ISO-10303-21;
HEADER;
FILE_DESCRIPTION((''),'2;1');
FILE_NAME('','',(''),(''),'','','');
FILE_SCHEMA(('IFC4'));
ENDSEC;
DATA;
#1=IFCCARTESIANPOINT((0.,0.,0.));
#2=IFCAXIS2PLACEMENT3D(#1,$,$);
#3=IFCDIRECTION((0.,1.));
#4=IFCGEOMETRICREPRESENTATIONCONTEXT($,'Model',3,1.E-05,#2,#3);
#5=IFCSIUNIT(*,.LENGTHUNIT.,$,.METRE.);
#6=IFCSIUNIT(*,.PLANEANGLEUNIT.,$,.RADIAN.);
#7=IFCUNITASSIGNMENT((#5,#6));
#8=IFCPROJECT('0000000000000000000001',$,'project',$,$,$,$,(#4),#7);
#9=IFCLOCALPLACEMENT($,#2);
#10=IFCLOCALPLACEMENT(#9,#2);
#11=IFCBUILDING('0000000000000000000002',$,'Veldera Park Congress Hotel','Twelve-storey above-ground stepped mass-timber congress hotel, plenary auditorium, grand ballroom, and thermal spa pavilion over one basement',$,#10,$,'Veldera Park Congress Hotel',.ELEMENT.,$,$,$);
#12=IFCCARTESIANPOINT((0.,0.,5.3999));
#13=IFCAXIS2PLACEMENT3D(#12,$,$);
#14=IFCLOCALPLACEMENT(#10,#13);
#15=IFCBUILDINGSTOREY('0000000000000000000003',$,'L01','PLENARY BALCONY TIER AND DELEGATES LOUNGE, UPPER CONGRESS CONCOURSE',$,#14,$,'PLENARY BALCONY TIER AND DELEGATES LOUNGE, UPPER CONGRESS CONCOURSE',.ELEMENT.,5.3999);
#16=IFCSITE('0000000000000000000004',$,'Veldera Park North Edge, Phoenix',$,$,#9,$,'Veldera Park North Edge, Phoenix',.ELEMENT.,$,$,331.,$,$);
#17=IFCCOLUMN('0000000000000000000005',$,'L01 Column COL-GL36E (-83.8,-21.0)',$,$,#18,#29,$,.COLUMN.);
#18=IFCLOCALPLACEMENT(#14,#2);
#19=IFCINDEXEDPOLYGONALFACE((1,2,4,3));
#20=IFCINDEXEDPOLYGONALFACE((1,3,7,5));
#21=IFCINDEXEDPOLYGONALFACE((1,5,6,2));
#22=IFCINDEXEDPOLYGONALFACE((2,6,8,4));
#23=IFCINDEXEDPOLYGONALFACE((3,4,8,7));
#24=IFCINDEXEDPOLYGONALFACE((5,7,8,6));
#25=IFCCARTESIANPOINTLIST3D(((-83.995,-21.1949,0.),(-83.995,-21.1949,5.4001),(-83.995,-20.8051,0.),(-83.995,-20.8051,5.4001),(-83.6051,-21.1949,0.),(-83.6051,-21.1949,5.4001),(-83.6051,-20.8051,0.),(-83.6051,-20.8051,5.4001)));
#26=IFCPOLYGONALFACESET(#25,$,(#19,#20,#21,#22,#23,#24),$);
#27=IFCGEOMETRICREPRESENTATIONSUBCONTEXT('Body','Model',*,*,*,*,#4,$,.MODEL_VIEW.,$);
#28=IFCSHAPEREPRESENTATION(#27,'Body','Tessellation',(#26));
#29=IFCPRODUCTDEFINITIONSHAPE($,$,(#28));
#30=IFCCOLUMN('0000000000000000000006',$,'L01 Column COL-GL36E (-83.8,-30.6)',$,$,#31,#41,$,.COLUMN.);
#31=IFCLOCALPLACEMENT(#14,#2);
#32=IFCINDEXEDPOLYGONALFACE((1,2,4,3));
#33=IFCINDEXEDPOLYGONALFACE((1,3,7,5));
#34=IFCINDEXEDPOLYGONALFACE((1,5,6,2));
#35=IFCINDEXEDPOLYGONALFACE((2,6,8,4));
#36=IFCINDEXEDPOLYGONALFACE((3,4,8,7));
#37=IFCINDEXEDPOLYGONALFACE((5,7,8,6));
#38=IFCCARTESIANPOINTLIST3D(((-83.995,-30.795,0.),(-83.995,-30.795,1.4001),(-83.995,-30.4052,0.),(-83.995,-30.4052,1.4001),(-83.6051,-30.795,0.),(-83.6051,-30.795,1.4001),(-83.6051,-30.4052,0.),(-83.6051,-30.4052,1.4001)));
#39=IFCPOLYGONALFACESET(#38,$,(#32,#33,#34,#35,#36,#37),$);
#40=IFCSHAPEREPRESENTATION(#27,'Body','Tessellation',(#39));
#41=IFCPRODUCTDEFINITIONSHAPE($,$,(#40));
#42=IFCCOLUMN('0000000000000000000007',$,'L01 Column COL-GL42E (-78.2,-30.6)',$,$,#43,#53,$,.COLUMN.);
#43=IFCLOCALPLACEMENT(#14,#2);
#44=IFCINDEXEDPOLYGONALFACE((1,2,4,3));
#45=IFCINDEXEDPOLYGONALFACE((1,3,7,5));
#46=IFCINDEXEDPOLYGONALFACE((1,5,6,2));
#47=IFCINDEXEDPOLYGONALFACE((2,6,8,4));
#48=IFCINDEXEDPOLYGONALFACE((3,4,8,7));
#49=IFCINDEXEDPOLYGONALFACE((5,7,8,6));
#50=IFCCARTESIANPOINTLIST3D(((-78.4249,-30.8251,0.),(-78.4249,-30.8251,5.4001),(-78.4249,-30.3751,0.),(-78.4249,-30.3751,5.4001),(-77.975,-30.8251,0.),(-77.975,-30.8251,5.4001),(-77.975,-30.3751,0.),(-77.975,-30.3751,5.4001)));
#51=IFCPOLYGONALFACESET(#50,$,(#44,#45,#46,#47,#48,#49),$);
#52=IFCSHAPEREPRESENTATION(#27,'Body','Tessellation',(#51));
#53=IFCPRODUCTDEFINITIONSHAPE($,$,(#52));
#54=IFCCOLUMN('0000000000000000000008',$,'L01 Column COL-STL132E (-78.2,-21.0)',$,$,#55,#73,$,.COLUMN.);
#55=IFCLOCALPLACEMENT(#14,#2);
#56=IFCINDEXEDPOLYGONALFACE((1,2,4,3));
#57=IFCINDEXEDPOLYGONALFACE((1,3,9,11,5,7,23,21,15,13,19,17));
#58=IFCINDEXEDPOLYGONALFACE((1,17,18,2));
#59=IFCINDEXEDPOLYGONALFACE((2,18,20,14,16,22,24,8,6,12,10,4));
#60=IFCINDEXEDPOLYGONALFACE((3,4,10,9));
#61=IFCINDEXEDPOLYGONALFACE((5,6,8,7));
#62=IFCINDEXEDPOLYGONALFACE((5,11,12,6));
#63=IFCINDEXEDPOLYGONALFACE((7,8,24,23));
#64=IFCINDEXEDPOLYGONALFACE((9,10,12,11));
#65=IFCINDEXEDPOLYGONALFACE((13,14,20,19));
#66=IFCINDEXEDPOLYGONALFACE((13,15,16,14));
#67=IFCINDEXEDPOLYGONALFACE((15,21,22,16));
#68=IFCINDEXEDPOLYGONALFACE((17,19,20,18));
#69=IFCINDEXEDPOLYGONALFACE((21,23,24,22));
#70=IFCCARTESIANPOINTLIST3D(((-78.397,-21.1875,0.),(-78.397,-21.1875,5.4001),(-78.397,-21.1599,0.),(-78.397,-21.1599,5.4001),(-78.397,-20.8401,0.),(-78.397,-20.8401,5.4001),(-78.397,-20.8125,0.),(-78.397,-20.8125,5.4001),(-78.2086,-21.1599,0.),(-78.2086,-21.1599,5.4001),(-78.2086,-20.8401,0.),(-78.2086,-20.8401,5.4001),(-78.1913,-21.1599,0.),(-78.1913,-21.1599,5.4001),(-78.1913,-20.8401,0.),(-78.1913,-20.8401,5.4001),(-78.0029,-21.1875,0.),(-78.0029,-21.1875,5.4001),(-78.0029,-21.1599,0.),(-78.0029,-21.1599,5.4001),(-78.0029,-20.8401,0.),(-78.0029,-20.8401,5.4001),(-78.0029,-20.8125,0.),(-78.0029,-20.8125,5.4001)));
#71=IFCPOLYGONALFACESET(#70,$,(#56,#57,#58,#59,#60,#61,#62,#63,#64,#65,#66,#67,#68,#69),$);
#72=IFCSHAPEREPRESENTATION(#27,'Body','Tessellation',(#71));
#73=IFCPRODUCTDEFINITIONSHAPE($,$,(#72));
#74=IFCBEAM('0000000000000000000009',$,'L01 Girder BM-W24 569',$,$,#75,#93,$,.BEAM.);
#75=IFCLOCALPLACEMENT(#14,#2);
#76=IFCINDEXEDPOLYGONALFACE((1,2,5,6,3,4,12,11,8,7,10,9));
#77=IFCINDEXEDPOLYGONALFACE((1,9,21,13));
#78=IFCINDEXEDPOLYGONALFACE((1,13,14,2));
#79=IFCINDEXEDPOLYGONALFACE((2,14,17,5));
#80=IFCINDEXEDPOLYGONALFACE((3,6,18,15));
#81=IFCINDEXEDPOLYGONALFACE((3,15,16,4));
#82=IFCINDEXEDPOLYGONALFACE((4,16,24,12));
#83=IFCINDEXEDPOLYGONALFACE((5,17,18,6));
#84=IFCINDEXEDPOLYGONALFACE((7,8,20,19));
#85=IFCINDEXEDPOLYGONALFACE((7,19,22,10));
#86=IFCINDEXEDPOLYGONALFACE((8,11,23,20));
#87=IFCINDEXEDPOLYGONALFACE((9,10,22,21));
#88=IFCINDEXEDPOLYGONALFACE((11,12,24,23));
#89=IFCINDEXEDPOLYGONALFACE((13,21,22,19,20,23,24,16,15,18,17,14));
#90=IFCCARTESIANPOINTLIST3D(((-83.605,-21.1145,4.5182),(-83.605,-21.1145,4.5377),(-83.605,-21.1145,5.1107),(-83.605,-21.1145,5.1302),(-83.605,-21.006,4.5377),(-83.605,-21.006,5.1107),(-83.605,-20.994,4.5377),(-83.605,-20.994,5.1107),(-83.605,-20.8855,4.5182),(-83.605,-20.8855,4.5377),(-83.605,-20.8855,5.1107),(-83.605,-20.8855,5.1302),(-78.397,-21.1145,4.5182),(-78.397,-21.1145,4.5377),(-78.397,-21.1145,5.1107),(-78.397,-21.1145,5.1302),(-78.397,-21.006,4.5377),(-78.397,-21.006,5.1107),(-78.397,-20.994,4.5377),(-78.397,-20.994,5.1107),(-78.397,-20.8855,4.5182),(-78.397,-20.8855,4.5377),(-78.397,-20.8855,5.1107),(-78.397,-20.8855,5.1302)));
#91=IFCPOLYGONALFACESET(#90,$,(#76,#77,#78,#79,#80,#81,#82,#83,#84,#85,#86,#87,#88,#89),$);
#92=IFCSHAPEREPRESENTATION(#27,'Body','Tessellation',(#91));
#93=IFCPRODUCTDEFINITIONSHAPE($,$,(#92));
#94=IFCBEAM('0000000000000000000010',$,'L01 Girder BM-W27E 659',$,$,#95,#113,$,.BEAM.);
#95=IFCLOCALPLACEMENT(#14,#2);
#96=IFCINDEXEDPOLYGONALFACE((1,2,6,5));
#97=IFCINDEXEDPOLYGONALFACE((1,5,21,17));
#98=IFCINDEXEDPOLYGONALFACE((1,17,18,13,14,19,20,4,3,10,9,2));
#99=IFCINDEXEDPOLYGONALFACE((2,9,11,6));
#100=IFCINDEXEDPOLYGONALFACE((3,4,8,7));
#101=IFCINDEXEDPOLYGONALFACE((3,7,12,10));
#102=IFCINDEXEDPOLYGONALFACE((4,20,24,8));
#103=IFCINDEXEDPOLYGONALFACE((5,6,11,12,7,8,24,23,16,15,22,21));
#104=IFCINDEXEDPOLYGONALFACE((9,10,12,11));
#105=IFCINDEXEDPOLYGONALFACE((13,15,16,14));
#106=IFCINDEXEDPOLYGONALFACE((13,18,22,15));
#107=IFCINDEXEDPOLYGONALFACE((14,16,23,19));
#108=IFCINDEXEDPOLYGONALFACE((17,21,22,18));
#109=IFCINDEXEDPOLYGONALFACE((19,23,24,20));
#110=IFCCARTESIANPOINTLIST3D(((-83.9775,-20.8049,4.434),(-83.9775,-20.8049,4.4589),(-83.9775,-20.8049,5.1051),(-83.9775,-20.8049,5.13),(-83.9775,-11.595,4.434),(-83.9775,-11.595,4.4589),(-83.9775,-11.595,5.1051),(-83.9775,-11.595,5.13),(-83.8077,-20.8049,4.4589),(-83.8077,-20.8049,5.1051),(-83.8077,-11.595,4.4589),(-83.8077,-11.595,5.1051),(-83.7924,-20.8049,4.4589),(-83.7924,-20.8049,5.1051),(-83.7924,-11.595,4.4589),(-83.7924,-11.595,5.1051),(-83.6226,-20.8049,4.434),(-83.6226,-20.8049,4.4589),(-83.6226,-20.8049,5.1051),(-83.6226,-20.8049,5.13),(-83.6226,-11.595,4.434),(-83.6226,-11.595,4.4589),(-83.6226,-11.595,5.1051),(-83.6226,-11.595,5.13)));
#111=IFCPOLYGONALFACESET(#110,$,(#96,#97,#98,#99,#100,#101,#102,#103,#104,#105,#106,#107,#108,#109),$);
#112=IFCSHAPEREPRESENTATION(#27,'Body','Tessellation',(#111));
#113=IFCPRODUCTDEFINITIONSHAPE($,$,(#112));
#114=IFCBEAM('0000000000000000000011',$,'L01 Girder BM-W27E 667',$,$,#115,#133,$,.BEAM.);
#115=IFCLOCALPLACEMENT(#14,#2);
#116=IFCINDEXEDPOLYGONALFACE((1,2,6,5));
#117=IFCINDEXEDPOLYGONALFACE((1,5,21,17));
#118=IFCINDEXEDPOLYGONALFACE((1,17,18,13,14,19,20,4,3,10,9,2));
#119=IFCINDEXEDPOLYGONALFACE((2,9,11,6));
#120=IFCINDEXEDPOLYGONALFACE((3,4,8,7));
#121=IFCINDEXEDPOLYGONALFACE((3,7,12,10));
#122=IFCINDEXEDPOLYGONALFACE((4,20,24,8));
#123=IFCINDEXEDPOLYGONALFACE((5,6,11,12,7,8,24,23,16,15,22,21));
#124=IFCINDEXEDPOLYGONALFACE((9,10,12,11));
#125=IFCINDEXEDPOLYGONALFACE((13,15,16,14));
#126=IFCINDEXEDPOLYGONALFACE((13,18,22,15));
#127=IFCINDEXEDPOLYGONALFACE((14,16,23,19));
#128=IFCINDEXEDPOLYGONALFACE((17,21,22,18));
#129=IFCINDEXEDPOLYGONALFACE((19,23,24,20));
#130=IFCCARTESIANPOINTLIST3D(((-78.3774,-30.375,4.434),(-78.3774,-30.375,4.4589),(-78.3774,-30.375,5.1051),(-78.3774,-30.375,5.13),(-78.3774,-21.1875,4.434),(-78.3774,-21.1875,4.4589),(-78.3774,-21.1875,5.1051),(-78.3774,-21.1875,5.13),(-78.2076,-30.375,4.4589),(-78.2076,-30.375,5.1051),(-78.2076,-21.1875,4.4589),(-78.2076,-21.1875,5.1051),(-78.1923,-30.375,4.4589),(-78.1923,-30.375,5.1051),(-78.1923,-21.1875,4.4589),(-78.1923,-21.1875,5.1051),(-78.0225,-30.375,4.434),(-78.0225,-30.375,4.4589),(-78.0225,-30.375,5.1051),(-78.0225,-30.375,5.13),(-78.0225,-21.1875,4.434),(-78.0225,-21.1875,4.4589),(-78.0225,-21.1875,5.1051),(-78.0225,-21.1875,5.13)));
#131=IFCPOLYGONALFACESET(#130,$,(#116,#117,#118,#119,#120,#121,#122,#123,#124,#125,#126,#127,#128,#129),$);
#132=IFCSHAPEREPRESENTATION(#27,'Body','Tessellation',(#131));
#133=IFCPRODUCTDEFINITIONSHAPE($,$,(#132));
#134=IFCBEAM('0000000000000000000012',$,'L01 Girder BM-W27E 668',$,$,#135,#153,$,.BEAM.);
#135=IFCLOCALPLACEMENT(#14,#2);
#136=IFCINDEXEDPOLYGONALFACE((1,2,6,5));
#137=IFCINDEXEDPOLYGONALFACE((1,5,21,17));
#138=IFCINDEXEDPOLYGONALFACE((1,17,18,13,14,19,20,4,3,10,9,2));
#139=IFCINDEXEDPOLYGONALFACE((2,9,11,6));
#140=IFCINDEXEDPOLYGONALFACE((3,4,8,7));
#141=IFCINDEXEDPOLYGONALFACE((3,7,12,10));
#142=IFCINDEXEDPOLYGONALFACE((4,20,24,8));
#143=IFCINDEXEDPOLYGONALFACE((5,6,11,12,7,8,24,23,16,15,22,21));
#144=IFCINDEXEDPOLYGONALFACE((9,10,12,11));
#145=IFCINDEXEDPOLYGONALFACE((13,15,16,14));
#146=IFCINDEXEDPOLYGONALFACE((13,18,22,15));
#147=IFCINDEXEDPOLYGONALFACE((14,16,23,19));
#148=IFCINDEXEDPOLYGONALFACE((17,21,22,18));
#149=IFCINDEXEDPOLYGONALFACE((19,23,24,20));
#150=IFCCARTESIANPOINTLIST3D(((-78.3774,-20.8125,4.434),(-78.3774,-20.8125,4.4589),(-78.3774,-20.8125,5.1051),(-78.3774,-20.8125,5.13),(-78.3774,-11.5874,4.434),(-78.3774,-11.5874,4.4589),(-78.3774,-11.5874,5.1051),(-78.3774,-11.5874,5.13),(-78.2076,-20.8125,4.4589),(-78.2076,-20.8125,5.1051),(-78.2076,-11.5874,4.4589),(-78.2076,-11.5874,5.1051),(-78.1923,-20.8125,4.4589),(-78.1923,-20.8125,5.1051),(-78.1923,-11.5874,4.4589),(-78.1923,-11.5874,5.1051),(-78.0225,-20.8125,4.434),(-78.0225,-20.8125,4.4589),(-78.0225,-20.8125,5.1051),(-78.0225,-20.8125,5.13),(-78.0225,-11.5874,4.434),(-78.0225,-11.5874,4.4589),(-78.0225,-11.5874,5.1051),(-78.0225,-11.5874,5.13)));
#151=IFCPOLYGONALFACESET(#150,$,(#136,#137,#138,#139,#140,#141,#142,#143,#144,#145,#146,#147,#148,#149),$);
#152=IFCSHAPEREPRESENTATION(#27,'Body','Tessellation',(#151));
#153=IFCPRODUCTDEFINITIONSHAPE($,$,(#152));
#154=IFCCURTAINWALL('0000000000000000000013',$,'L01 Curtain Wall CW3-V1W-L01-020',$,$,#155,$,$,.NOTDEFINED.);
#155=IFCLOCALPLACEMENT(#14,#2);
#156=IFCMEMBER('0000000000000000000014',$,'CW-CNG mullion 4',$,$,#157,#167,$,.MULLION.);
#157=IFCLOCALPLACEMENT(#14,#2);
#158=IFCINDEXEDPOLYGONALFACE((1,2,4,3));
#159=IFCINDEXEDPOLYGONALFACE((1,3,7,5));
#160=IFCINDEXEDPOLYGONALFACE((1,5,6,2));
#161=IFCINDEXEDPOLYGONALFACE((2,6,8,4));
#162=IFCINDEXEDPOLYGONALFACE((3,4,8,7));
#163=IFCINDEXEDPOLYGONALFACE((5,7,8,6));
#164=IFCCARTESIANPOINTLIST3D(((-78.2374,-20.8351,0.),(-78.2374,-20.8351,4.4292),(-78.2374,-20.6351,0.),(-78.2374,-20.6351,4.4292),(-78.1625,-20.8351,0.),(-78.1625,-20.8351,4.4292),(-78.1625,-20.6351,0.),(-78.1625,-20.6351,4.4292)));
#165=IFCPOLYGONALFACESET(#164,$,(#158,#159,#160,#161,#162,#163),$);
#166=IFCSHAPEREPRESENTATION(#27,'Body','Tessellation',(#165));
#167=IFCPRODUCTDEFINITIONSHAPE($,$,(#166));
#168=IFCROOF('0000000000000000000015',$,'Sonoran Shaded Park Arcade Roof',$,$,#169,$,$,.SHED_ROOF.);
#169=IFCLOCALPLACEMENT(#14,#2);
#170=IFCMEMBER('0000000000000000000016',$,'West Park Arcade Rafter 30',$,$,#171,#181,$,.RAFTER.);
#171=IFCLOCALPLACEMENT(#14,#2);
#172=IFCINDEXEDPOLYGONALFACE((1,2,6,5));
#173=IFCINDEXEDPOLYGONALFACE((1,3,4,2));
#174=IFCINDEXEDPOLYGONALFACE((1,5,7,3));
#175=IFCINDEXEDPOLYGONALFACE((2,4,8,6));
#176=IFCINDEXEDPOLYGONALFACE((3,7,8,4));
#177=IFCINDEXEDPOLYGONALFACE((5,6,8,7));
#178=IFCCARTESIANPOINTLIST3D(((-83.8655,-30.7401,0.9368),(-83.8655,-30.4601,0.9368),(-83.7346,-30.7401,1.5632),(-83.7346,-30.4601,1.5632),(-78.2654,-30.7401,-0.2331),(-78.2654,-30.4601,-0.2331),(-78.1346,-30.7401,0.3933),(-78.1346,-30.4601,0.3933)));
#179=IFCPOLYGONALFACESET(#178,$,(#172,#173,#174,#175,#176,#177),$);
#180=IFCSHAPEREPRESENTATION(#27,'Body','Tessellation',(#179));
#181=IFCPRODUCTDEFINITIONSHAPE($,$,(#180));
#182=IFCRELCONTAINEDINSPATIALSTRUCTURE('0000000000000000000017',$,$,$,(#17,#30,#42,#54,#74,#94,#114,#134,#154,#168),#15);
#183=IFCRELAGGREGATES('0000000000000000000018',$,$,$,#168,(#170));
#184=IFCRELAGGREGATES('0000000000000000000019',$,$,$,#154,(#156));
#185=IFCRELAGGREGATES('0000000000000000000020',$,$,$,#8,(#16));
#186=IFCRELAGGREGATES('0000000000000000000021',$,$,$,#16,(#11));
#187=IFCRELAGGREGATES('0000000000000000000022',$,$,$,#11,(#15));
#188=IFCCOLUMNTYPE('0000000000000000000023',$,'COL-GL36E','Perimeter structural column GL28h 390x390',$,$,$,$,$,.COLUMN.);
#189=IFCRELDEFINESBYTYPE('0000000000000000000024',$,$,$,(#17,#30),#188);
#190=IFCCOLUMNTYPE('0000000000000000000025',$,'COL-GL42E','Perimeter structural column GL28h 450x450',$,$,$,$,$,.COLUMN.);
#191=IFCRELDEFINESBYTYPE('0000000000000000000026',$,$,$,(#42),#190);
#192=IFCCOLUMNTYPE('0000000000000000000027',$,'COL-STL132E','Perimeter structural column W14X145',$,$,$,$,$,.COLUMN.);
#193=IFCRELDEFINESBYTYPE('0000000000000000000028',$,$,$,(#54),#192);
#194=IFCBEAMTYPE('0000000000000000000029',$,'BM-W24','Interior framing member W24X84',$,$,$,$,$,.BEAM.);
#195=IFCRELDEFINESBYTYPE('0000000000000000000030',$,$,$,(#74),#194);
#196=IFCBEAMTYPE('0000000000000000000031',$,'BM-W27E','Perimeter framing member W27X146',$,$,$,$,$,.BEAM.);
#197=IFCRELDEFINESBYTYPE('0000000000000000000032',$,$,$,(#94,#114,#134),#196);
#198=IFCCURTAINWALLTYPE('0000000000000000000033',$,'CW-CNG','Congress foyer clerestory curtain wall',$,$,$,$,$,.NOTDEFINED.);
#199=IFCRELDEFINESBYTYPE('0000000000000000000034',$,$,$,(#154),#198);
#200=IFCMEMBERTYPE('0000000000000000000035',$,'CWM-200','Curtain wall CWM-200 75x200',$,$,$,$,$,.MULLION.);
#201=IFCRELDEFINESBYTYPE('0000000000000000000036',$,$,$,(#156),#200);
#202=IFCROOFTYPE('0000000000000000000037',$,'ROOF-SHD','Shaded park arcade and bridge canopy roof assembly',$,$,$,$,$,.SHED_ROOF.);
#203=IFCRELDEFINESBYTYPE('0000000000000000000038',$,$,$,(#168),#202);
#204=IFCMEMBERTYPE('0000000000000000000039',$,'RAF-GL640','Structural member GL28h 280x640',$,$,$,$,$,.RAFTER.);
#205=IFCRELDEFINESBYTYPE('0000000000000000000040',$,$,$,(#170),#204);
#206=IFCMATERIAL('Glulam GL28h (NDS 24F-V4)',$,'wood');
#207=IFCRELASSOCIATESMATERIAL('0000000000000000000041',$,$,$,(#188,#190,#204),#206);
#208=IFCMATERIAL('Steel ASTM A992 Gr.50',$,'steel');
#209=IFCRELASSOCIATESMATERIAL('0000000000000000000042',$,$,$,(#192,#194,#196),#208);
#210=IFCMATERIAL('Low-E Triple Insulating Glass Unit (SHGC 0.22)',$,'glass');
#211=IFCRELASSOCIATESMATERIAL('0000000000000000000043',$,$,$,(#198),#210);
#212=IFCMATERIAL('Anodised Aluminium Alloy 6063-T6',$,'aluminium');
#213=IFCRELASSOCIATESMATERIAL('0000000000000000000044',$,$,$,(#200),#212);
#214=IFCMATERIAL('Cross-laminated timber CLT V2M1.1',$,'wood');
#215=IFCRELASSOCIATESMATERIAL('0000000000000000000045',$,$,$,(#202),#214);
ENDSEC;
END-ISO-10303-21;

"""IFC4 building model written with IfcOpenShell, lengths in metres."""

from ifc_helpers import new_model, si_unit, direction, frame, origin, origin_2d, place, context, subcontext, project, spatial, rectangle, i_section, extrude, material, material_profile, profile_set, type_object, element, aggregate, save


model = new_model("IFC4")

# Units and contexts
model_context = context("Model", 3, precision=1e-05, world=origin(), true_north=direction((0.0, 1.0)))
body_context = subcontext(model_context, "Body", "Model", "MODEL_VIEW")
ifc_project = project(units=[si_unit("LENGTHUNIT", "METRE"), si_unit("PLANEANGLEUNIT", "RADIAN")], contexts=[model_context])

# Site, building, storey
site_placement = place(None, origin())
site = spatial("IfcSite", under=ifc_project, at=site_placement, Name="Veldera Park North Edge, Phoenix", LongName="Veldera Park North Edge, Phoenix", CompositionType="ELEMENT", RefElevation=331.0)
building_placement = place(site_placement, origin())
building = spatial("IfcBuilding", under=site, at=building_placement, Name="Veldera Park Congress Hotel", Description="Twelve-storey above-ground stepped mass-timber congress hotel, plenary auditorium, grand ballroom, and thermal spa pavilion over one basement", LongName="Veldera Park Congress Hotel", CompositionType="ELEMENT")
storey_placement = place(building_placement, frame((0.0, 0.0, 5.3999)))
storey = spatial("IfcBuildingStorey", under=building, at=storey_placement, Name="L01", Description="PLENARY BALCONY TIER AND DELEGATES LOUNGE, UPPER CONGRESS CONCOURSE", LongName="PLENARY BALCONY TIER AND DELEGATES LOUNGE, UPPER CONGRESS CONCOURSE", CompositionType="ELEMENT", Elevation=5.3999)

# Columns
ifc_material_1 = material(Name="Glulam GL28h (NDS 24F-V4)", Category="wood")
ifc_material_profile_1 = material_profile(ifc_material_1, rectangle(XDim=0.3899, YDim=0.3899, at=origin_2d()), Name="GL28h 390x390")
ifc_profile_set_1 = profile_set([ifc_material_profile_1], Name="Glulam GL28h (NDS 24F-V4)")
column_type_1 = type_object("IfcColumnType", Name="COL-GL36E", Description="Perimeter structural column GL28h 390x390", PredefinedType="COLUMN", material=ifc_profile_set_1)
column_1_placement = place(storey_placement, frame((-83.8, -21.0, 0.0), z_axis=(0.0, 0.0, 1.0), x_axis=(1.0, 0.0, 0.0)))
element("IfcColumn", 1, at=column_1_placement, inside=storey, type_object=column_type_1, Name="L01 Column COL-GL36E (-83.8,-21.0)", PredefinedType="COLUMN", context=body_context, shape_type="SweptSolid", body=[
    extrude(rectangle(XDim=0.3899, YDim=0.3899, at=origin_2d()), origin(), (0.0, 0.0, 1.0), 5.4001),
])
column_2_placement = place(storey_placement, frame((-83.8, -30.6001, 0.0), z_axis=(0.0, 0.0, 1.0), x_axis=(1.0, 0.0, 0.0)))
element("IfcColumn", 2, at=column_2_placement, inside=storey, type_object=column_type_1, Name="L01 Column COL-GL36E (-83.8,-30.6)", PredefinedType="COLUMN", context=body_context, shape_type="SweptSolid", body=[
    extrude(rectangle(XDim=0.3899, YDim=0.3899, at=origin_2d()), origin(), (0.0, 0.0, 1.0), 1.4001),
])
ifc_material_profile_2 = material_profile(ifc_material_1, rectangle(XDim=0.45, YDim=0.45, at=origin_2d()), Name="GL28h 450x450")
ifc_profile_set_2 = profile_set([ifc_material_profile_2], Name="Glulam GL28h (NDS 24F-V4)")
column_type_2 = type_object("IfcColumnType", Name="COL-GL42E", Description="Perimeter structural column GL28h 450x450", PredefinedType="COLUMN", material=ifc_profile_set_2)
column_3_placement = place(storey_placement, frame((-78.2, -30.6001, 0.0), z_axis=(0.0, 0.0, 1.0), x_axis=(1.0, 0.0, 0.0)))
element("IfcColumn", 3, at=column_3_placement, inside=storey, type_object=column_type_2, Name="L01 Column COL-GL42E (-78.2,-30.6)", PredefinedType="COLUMN", context=body_context, shape_type="SweptSolid", body=[
    extrude(rectangle(XDim=0.45, YDim=0.45, at=origin_2d()), origin(), (0.0, 0.0, 1.0), 5.4001),
])
ifc_material_2 = material(Name="Steel ASTM A992 Gr.50", Category="steel")
ifc_material_profile_3 = material_profile(ifc_material_2, i_section(OverallWidth=0.394, OverallDepth=0.375, WebThickness=0.0173, FlangeThickness=0.0276, at=origin_2d()), Name="W14X145")
ifc_profile_set_3 = profile_set([ifc_material_profile_3], Name="Steel ASTM A992 Gr.50")
column_type_3 = type_object("IfcColumnType", Name="COL-STL132E", Description="Perimeter structural column W14X145", PredefinedType="COLUMN", material=ifc_profile_set_3)
column_4_placement = place(storey_placement, frame((-78.2, -21.0, 0.0), z_axis=(0.0, 0.0, 1.0), x_axis=(1.0, 0.0, 0.0)))
element("IfcColumn", 4, at=column_4_placement, inside=storey, type_object=column_type_3, Name="L01 Column COL-STL132E (-78.2,-21.0)", PredefinedType="COLUMN", context=body_context, shape_type="SweptSolid", body=[
    extrude(i_section(OverallWidth=0.394, OverallDepth=0.375, WebThickness=0.0173, FlangeThickness=0.0276, at=origin_2d()), origin(), (0.0, 0.0, 1.0), 5.4001),
])

# Beams
ifc_material_profile_4 = material_profile(ifc_material_2, i_section(OverallWidth=0.229, OverallDepth=0.6121, WebThickness=0.012, FlangeThickness=0.0195, at=origin_2d()), Name="W24X84")
ifc_profile_set_4 = profile_set([ifc_material_profile_4], Name="Steel ASTM A992 Gr.50")
beam_type_1 = type_object("IfcBeamType", Name="BM-W24", Description="Interior framing member W24X84", PredefinedType="BEAM", material=ifc_profile_set_4)
beam_1_placement = place(storey_placement, frame((-83.605, -21.0, 4.8242), z_axis=(1.0, 0.0, 0.0), x_axis=(0.0, 1.0, 0.0)))
element("IfcBeam", 5, at=beam_1_placement, inside=storey, type_object=beam_type_1, Name="L01 Girder BM-W24 569", PredefinedType="BEAM", context=body_context, shape_type="SweptSolid", body=[
    extrude(i_section(OverallWidth=0.229, OverallDepth=0.6121, WebThickness=0.012, FlangeThickness=0.0195, at=origin_2d()), origin(), (0.0, 0.0, 1.0), 5.208),
])
ifc_material_profile_5 = material_profile(ifc_material_2, i_section(OverallWidth=0.355, OverallDepth=0.696, WebThickness=0.0154, FlangeThickness=0.0249, at=origin_2d()), Name="W27X146")
ifc_profile_set_5 = profile_set([ifc_material_profile_5], Name="Steel ASTM A992 Gr.50")
beam_type_2 = type_object("IfcBeamType", Name="BM-W27E", Description="Perimeter framing member W27X146", PredefinedType="BEAM", material=ifc_profile_set_5)
beam_2_placement = place(storey_placement, frame((-83.8, -20.8049, 4.782), z_axis=(0.0, 1.0, 0.0), x_axis=(-1.0, 0.0, 0.0)))
element("IfcBeam", 6, at=beam_2_placement, inside=storey, type_object=beam_type_2, Name="L01 Girder BM-W27E 659", PredefinedType="BEAM", context=body_context, shape_type="SweptSolid", body=[
    extrude(i_section(OverallWidth=0.355, OverallDepth=0.696, WebThickness=0.0154, FlangeThickness=0.0249, at=origin_2d()), origin(), (0.0, 0.0, 1.0), 9.21),
])
beam_3_placement = place(storey_placement, frame((-78.2, -30.375, 4.782), z_axis=(0.0, 1.0, 0.0), x_axis=(-1.0, 0.0, 0.0)))
element("IfcBeam", 7, at=beam_3_placement, inside=storey, type_object=beam_type_2, Name="L01 Girder BM-W27E 667", PredefinedType="BEAM", context=body_context, shape_type="SweptSolid", body=[
    extrude(i_section(OverallWidth=0.355, OverallDepth=0.696, WebThickness=0.0154, FlangeThickness=0.0249, at=origin_2d()), origin(), (0.0, 0.0, 1.0), 9.1875),
])
beam_4_placement = place(storey_placement, frame((-78.2, -20.8125, 4.782), z_axis=(0.0, 1.0, 0.0), x_axis=(-1.0, 0.0, 0.0)))
element("IfcBeam", 8, at=beam_4_placement, inside=storey, type_object=beam_type_2, Name="L01 Girder BM-W27E 668", PredefinedType="BEAM", context=body_context, shape_type="SweptSolid", body=[
    extrude(i_section(OverallWidth=0.355, OverallDepth=0.696, WebThickness=0.0154, FlangeThickness=0.0249, at=origin_2d()), origin(), (0.0, 0.0, 1.0), 9.2251),
])

# Curtain wall, member
ifc_material_3 = material(Name="Low-E Triple Insulating Glass Unit (SHGC 0.22)", Category="glass")
curtain_wall_type = type_object("IfcCurtainWallType", Name="CW-CNG", Description="Congress foyer clerestory curtain wall", PredefinedType="NOTDEFINED", material=ifc_material_3)
curtain_wall_placement = place(storey_placement, origin())
curtain_wall = element("IfcCurtainWall", 9, at=curtain_wall_placement, inside=storey, type_object=curtain_wall_type, Name="L01 Curtain Wall CW3-V1W-L01-020", PredefinedType="NOTDEFINED")
ifc_material_4 = material(Name="Anodised Aluminium Alloy 6063-T6", Category="aluminium")
ifc_material_profile_6 = material_profile(ifc_material_4, rectangle(XDim=0.075, YDim=0.2, at=origin_2d()), Name="ALU 75x200")
ifc_profile_set_6 = profile_set([ifc_material_profile_6], Name="Anodised Aluminium Alloy 6063-T6")
member_type_1 = type_object("IfcMemberType", Name="CWM-200", Description="Curtain wall CWM-200 75x200", PredefinedType="MULLION", material=ifc_profile_set_6)
member_1_placement = place(storey_placement, frame((-78.2, -20.7351, 0.0), z_axis=(0.0, 0.0, 1.0), x_axis=(1.0, 0.0, 0.0)))
member_1 = element("IfcMember", 10, at=member_1_placement, type_object=member_type_1, Name="CW-CNG mullion 4", PredefinedType="MULLION", context=body_context, shape_type="SweptSolid", body=[
    extrude(rectangle(XDim=0.075, YDim=0.2, at=origin_2d()), origin(), (0.0, 0.0, 1.0), 4.4292),
])

# Roof, member
ifc_material_5 = material(Name="Cross-laminated timber CLT V2M1.1", Category="wood")
roof_type = type_object("IfcRoofType", Name="ROOF-SHD", Description="Shaded park arcade and bridge canopy roof assembly", PredefinedType="SHED_ROOF", material=ifc_material_5)
roof_placement = place(storey_placement, origin())
roof = element("IfcRoof", 11, at=roof_placement, inside=storey, type_object=roof_type, Name="Sonoran Shaded Park Arcade Roof", PredefinedType="SHED_ROOF")
ifc_material_profile_7 = material_profile(ifc_material_1, rectangle(XDim=0.28, YDim=0.6399, at=origin_2d()), Name="GL28h 280x640")
ifc_profile_set_7 = profile_set([ifc_material_profile_7], Name="Glulam GL28h (NDS 24F-V4)")
member_type_2 = type_object("IfcMemberType", Name="RAF-GL640", Description="Structural member GL28h 280x640", PredefinedType="RAFTER", material=ifc_profile_set_7)
member_2_placement = place(storey_placement, frame((-83.8, -30.6001, 1.25), z_axis=(0.978867, 0.0, -0.204496), x_axis=(0.0, 1.0, 0.0)))
member_2 = element("IfcMember", 12, at=member_2_placement, type_object=member_type_2, Name="West Park Arcade Rafter 30", PredefinedType="RAFTER", context=body_context, shape_type="SweptSolid", body=[
    extrude(rectangle(XDim=0.28, YDim=0.6399, at=origin_2d()), origin(), (0.0, 0.0, 1.0), 5.7209),
])
aggregate(roof, [member_2])

aggregate(curtain_wall, [member_1])

save(model, "model.ifc")
